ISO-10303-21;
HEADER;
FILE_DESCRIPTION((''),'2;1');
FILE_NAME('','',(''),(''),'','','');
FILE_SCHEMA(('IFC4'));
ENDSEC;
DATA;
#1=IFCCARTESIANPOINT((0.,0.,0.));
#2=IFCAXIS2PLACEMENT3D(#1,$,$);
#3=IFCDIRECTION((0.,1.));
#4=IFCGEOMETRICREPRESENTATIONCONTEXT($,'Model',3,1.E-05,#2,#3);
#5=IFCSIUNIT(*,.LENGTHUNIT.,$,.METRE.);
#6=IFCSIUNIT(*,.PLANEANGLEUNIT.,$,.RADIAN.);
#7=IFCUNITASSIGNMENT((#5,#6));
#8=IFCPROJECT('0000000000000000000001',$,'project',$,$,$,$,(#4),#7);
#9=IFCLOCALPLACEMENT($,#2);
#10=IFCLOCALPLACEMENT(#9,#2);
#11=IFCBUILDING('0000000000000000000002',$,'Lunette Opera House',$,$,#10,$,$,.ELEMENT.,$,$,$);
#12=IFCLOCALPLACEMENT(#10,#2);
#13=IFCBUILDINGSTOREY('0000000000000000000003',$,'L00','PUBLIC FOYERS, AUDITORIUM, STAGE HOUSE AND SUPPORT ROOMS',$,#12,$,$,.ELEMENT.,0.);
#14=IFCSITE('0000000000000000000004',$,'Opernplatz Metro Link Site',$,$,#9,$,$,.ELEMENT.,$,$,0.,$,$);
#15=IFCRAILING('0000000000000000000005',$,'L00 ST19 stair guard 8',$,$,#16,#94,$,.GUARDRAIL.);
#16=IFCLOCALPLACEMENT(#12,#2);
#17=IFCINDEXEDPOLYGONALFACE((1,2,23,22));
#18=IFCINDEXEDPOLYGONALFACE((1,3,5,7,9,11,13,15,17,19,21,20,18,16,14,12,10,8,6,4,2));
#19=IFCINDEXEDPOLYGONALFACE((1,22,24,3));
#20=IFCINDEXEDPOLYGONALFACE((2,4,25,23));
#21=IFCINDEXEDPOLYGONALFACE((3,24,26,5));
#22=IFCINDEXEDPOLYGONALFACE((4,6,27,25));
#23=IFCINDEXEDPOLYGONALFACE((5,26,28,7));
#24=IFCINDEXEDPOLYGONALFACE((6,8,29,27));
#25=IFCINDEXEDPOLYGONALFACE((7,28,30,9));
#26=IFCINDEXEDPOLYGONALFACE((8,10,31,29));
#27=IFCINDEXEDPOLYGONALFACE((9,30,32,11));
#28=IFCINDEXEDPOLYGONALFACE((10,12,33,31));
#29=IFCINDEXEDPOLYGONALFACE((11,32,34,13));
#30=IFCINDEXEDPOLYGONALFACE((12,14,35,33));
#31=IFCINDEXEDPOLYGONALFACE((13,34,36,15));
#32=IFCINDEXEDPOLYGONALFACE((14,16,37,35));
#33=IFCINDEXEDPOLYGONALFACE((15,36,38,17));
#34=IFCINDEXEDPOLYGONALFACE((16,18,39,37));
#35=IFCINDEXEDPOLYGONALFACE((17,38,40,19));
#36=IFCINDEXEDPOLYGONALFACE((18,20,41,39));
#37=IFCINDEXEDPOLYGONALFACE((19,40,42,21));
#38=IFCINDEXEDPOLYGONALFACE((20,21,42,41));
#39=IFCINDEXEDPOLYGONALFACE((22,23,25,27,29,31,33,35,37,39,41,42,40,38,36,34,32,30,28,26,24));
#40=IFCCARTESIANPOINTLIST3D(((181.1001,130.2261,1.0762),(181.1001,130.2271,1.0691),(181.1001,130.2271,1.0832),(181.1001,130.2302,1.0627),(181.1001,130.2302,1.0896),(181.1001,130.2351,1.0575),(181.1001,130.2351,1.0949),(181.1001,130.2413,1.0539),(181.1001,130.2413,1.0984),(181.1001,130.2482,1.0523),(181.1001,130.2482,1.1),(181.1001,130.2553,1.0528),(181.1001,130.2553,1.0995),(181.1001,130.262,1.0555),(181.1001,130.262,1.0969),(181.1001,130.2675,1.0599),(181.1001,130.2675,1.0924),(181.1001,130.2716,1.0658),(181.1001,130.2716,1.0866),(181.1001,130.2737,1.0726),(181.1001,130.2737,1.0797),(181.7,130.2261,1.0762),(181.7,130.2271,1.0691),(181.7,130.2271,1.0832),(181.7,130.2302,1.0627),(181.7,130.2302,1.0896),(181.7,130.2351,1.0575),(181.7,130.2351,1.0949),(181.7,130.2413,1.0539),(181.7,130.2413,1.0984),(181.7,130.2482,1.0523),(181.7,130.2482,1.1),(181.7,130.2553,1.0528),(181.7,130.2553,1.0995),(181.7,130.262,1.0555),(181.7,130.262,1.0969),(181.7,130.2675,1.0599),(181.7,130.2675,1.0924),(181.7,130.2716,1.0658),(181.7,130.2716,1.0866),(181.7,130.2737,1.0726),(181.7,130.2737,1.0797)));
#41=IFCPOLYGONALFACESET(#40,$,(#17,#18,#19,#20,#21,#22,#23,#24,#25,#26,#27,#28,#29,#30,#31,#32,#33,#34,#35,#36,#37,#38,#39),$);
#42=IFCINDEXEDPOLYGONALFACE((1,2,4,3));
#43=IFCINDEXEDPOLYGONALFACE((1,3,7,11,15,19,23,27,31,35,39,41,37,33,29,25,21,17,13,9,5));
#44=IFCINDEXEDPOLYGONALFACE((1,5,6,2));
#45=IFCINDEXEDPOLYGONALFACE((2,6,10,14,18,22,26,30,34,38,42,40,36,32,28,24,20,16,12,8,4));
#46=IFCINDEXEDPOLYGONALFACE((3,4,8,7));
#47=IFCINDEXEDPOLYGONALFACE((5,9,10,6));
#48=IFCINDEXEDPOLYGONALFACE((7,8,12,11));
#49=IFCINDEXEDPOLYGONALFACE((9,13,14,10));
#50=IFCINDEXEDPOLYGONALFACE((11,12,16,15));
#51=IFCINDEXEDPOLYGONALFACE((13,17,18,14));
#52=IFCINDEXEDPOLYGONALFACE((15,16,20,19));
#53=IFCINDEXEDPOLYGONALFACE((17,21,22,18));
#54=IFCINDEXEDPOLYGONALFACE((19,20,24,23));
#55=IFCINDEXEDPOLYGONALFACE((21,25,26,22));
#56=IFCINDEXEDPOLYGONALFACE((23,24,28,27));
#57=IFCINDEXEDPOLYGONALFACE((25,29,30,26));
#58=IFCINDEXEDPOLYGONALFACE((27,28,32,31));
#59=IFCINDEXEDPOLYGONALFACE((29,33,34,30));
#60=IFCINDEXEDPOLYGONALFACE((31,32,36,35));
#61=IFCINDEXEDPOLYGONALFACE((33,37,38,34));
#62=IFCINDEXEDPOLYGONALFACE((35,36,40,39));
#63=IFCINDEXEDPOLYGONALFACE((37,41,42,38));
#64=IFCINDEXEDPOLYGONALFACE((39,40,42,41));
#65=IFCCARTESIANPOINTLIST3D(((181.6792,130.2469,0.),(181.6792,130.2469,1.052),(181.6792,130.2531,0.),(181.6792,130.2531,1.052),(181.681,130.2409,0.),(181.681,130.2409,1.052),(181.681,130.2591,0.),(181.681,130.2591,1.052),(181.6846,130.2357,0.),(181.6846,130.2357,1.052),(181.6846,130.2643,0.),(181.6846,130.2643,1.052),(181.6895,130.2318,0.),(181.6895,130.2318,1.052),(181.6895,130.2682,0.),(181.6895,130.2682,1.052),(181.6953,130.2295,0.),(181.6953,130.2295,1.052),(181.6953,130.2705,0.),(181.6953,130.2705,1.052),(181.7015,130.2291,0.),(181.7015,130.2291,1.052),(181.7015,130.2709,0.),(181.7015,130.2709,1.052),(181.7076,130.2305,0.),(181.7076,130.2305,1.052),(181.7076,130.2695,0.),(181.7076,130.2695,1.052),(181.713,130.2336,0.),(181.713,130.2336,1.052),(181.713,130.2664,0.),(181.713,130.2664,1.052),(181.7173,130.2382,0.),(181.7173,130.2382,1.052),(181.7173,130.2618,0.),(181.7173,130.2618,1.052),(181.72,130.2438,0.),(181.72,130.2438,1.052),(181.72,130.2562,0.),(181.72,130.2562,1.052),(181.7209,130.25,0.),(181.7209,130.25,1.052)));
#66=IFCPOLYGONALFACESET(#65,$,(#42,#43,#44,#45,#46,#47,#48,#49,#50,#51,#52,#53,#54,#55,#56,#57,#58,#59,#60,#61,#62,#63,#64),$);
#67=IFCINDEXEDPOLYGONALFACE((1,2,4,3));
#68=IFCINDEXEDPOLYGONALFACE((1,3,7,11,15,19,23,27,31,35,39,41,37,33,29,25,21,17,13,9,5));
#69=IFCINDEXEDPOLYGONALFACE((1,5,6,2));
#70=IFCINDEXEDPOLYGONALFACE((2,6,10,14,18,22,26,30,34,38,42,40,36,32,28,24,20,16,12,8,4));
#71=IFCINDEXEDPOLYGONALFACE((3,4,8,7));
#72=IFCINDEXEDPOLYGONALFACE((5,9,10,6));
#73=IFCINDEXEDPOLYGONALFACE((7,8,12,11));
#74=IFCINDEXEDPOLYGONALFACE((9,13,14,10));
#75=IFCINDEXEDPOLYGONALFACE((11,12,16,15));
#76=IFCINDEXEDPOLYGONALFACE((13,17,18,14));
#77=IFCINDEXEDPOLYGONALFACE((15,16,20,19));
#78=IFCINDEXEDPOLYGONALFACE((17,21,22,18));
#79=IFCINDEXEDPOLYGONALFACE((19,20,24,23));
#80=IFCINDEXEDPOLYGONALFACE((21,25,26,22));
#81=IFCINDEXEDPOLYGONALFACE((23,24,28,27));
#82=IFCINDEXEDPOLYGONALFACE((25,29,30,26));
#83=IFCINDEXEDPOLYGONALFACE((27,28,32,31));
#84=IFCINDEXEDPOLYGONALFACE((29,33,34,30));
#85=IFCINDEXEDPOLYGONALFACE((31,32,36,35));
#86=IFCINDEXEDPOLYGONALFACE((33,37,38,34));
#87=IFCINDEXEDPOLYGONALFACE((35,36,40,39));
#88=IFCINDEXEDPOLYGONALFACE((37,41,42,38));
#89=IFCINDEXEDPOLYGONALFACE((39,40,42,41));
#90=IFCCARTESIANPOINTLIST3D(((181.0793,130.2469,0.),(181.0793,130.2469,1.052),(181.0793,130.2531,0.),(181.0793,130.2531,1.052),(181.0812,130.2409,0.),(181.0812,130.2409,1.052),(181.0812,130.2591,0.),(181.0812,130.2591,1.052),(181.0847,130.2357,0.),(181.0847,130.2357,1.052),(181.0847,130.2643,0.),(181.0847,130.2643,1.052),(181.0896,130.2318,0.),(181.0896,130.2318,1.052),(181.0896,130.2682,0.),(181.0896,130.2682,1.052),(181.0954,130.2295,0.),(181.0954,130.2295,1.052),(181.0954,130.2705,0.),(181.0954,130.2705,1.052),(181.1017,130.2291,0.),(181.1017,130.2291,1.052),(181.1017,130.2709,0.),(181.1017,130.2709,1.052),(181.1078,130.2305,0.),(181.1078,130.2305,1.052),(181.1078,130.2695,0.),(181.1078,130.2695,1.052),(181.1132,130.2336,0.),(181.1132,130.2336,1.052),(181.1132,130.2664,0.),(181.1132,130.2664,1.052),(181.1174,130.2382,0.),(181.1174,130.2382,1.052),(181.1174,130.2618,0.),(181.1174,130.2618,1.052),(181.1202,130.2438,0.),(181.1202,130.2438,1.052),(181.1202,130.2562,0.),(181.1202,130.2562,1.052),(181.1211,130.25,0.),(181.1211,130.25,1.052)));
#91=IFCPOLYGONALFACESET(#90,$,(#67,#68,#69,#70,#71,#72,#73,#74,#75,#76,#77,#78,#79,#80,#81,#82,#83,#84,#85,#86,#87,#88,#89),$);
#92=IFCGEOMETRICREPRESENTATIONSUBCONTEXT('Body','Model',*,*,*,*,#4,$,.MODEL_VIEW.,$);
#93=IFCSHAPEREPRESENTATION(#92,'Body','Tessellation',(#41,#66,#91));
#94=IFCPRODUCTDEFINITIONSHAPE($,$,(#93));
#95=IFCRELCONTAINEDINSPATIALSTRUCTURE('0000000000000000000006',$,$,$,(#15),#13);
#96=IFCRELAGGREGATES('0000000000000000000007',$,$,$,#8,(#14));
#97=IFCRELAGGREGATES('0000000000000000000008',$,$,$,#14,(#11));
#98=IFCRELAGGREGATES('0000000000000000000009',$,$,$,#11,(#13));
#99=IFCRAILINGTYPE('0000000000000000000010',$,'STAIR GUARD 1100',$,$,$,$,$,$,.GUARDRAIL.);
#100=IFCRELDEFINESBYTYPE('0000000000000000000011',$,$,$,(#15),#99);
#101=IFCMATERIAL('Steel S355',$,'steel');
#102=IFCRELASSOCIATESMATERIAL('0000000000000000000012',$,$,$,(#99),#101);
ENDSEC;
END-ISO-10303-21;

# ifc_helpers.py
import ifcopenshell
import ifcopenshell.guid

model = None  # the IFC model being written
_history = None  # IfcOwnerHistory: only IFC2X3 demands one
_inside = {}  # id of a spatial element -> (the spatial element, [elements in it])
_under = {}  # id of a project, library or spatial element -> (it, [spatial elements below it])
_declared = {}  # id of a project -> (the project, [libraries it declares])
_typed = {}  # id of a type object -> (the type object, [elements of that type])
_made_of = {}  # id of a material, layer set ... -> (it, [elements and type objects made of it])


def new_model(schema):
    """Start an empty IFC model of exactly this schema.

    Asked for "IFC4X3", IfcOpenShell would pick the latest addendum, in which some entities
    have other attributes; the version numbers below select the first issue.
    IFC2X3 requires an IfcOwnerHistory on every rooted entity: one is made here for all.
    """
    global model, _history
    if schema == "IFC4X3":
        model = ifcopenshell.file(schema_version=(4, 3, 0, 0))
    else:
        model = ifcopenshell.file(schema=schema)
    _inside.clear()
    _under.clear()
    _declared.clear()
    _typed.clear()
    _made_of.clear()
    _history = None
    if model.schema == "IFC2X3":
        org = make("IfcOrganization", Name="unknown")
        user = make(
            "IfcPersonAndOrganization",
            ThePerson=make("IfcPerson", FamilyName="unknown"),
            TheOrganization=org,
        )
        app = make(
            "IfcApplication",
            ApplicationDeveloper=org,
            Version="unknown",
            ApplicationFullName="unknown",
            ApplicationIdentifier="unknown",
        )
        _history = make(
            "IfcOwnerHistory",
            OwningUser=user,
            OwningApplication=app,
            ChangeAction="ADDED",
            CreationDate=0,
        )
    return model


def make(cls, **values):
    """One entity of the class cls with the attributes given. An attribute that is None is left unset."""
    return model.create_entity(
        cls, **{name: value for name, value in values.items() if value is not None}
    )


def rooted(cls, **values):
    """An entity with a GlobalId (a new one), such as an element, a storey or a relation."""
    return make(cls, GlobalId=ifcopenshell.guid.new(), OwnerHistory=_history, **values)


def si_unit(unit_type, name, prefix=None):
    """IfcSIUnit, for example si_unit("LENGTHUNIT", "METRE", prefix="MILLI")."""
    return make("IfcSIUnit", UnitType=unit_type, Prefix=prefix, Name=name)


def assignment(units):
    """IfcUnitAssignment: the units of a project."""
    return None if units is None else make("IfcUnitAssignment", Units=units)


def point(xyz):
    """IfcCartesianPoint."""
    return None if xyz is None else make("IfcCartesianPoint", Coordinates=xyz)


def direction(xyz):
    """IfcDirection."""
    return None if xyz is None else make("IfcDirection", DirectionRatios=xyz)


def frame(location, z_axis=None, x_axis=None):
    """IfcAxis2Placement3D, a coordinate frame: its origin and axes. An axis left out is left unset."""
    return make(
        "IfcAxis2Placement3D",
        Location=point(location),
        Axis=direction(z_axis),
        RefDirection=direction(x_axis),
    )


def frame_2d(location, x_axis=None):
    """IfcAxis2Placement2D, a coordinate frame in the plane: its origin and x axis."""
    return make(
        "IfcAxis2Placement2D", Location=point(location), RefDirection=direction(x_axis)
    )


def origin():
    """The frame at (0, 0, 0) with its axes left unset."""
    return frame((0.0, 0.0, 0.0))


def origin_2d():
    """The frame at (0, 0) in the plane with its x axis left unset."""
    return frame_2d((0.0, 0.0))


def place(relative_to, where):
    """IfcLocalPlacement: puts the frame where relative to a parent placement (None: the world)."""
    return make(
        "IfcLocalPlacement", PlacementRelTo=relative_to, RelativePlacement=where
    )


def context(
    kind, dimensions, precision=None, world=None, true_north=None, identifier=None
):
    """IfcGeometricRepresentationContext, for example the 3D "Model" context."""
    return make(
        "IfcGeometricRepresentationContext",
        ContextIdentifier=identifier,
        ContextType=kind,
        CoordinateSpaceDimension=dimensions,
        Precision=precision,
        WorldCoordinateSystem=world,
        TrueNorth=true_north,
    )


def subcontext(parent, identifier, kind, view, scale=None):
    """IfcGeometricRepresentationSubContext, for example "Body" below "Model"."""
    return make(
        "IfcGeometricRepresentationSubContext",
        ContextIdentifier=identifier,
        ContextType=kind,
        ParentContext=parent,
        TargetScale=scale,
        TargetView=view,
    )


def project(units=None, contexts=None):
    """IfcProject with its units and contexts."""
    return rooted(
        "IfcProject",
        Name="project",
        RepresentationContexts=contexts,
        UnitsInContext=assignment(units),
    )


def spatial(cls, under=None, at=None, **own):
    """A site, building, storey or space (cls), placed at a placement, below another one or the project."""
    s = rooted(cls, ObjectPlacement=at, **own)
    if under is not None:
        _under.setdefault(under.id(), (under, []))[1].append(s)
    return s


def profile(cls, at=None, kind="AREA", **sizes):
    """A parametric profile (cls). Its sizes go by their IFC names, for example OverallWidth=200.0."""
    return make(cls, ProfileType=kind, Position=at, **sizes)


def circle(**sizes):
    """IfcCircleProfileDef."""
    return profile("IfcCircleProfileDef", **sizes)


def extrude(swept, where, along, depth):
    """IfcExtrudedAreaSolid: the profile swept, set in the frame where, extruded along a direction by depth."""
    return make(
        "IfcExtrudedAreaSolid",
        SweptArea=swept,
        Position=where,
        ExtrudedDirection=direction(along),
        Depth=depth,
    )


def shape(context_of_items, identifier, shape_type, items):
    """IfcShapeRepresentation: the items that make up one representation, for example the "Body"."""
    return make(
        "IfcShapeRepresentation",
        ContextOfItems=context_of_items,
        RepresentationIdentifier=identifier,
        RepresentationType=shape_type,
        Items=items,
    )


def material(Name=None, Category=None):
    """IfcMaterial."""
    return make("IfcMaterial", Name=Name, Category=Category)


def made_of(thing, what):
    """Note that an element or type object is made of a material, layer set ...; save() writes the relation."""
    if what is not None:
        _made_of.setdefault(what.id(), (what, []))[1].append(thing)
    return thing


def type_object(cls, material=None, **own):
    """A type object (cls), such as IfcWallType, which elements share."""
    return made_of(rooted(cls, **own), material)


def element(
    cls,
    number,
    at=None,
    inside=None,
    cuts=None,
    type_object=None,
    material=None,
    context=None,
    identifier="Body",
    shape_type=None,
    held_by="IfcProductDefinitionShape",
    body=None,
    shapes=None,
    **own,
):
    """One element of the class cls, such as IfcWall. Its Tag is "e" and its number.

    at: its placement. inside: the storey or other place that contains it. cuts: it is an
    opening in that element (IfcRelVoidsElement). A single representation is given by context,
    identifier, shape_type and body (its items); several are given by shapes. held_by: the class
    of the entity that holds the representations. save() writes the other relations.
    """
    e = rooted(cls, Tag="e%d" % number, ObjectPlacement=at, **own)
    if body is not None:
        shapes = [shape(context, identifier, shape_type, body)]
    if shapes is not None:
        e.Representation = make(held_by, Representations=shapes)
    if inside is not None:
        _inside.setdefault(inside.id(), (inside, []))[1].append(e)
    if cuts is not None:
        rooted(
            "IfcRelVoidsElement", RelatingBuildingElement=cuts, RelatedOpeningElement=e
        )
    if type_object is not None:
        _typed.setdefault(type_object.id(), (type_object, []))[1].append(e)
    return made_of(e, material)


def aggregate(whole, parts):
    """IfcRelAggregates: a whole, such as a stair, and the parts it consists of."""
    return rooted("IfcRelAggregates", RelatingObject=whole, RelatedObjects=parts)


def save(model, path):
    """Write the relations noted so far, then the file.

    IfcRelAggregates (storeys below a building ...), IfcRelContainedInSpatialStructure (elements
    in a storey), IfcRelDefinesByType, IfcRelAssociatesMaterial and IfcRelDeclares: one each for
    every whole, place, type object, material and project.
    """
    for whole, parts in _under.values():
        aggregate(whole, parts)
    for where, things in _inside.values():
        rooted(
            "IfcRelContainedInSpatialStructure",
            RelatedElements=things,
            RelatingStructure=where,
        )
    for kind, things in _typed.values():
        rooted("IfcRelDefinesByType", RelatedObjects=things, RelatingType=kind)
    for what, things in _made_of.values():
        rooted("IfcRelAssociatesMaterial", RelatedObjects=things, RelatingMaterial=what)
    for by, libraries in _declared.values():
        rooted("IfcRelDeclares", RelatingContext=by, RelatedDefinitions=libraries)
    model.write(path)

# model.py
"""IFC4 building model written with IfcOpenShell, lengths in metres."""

from ifc_helpers import new_model, si_unit, direction, frame, origin, origin_2d, place, context, subcontext, project, spatial, circle, extrude, material, type_object, element, save


model = new_model("IFC4")

# Units and contexts
model_context = context("Model", 3, precision=1e-05, world=origin(), true_north=direction((0.0, 1.0)))
body_context = subcontext(model_context, "Body", "Model", "MODEL_VIEW")
ifc_project = project(units=[si_unit("LENGTHUNIT", "METRE"), si_unit("PLANEANGLEUNIT", "RADIAN")], contexts=[model_context])

# Site, building, storey
site_placement = place(None, origin())
site = spatial("IfcSite", under=ifc_project, at=site_placement, Name="Opernplatz Metro Link Site", CompositionType="ELEMENT", RefElevation=0.0)
building_placement = place(site_placement, origin())
building = spatial("IfcBuilding", under=site, at=building_placement, Name="Lunette Opera House", CompositionType="ELEMENT")
storey_placement = place(building_placement, origin())
storey = spatial("IfcBuildingStorey", under=building, at=storey_placement, Name="L00", Description="PUBLIC FOYERS, AUDITORIUM, STAGE HOUSE AND SUPPORT ROOMS", CompositionType="ELEMENT", Elevation=0.0)

# Railing
ifc_material_1 = material(Name="Steel S355", Category="steel")
railing_type_1 = type_object("IfcRailingType", Name="STAIR GUARD 1100", PredefinedType="GUARDRAIL", material=ifc_material_1)
railing_1_placement = place(storey_placement, frame((181.7, 130.25, 0.0)))
element("IfcRailing", 1, at=railing_1_placement, inside=storey, type_object=railing_type_1, Name="L00 ST19 stair guard 8", PredefinedType="GUARDRAIL", context=body_context, shape_type="SweptSolid", body=[
    extrude(circle(Radius=0.0239, at=origin_2d()), frame((0.0, 0.0, 1.0762), z_axis=(-1.0, 0.0, 0.0), x_axis=(0.0, -1.0, 0.0)), (0.0, 0.0, 1.0), 0.5999),
    extrude(circle(Radius=0.021, at=origin_2d()), origin(), (0.0, 0.0, 1.0), 1.052),
    extrude(circle(Radius=0.021, at=origin_2d()), frame((-0.5999, 0.0, 0.0)), (0.0, 0.0, 1.0), 1.052),
])

save(model, "model.ifc")
